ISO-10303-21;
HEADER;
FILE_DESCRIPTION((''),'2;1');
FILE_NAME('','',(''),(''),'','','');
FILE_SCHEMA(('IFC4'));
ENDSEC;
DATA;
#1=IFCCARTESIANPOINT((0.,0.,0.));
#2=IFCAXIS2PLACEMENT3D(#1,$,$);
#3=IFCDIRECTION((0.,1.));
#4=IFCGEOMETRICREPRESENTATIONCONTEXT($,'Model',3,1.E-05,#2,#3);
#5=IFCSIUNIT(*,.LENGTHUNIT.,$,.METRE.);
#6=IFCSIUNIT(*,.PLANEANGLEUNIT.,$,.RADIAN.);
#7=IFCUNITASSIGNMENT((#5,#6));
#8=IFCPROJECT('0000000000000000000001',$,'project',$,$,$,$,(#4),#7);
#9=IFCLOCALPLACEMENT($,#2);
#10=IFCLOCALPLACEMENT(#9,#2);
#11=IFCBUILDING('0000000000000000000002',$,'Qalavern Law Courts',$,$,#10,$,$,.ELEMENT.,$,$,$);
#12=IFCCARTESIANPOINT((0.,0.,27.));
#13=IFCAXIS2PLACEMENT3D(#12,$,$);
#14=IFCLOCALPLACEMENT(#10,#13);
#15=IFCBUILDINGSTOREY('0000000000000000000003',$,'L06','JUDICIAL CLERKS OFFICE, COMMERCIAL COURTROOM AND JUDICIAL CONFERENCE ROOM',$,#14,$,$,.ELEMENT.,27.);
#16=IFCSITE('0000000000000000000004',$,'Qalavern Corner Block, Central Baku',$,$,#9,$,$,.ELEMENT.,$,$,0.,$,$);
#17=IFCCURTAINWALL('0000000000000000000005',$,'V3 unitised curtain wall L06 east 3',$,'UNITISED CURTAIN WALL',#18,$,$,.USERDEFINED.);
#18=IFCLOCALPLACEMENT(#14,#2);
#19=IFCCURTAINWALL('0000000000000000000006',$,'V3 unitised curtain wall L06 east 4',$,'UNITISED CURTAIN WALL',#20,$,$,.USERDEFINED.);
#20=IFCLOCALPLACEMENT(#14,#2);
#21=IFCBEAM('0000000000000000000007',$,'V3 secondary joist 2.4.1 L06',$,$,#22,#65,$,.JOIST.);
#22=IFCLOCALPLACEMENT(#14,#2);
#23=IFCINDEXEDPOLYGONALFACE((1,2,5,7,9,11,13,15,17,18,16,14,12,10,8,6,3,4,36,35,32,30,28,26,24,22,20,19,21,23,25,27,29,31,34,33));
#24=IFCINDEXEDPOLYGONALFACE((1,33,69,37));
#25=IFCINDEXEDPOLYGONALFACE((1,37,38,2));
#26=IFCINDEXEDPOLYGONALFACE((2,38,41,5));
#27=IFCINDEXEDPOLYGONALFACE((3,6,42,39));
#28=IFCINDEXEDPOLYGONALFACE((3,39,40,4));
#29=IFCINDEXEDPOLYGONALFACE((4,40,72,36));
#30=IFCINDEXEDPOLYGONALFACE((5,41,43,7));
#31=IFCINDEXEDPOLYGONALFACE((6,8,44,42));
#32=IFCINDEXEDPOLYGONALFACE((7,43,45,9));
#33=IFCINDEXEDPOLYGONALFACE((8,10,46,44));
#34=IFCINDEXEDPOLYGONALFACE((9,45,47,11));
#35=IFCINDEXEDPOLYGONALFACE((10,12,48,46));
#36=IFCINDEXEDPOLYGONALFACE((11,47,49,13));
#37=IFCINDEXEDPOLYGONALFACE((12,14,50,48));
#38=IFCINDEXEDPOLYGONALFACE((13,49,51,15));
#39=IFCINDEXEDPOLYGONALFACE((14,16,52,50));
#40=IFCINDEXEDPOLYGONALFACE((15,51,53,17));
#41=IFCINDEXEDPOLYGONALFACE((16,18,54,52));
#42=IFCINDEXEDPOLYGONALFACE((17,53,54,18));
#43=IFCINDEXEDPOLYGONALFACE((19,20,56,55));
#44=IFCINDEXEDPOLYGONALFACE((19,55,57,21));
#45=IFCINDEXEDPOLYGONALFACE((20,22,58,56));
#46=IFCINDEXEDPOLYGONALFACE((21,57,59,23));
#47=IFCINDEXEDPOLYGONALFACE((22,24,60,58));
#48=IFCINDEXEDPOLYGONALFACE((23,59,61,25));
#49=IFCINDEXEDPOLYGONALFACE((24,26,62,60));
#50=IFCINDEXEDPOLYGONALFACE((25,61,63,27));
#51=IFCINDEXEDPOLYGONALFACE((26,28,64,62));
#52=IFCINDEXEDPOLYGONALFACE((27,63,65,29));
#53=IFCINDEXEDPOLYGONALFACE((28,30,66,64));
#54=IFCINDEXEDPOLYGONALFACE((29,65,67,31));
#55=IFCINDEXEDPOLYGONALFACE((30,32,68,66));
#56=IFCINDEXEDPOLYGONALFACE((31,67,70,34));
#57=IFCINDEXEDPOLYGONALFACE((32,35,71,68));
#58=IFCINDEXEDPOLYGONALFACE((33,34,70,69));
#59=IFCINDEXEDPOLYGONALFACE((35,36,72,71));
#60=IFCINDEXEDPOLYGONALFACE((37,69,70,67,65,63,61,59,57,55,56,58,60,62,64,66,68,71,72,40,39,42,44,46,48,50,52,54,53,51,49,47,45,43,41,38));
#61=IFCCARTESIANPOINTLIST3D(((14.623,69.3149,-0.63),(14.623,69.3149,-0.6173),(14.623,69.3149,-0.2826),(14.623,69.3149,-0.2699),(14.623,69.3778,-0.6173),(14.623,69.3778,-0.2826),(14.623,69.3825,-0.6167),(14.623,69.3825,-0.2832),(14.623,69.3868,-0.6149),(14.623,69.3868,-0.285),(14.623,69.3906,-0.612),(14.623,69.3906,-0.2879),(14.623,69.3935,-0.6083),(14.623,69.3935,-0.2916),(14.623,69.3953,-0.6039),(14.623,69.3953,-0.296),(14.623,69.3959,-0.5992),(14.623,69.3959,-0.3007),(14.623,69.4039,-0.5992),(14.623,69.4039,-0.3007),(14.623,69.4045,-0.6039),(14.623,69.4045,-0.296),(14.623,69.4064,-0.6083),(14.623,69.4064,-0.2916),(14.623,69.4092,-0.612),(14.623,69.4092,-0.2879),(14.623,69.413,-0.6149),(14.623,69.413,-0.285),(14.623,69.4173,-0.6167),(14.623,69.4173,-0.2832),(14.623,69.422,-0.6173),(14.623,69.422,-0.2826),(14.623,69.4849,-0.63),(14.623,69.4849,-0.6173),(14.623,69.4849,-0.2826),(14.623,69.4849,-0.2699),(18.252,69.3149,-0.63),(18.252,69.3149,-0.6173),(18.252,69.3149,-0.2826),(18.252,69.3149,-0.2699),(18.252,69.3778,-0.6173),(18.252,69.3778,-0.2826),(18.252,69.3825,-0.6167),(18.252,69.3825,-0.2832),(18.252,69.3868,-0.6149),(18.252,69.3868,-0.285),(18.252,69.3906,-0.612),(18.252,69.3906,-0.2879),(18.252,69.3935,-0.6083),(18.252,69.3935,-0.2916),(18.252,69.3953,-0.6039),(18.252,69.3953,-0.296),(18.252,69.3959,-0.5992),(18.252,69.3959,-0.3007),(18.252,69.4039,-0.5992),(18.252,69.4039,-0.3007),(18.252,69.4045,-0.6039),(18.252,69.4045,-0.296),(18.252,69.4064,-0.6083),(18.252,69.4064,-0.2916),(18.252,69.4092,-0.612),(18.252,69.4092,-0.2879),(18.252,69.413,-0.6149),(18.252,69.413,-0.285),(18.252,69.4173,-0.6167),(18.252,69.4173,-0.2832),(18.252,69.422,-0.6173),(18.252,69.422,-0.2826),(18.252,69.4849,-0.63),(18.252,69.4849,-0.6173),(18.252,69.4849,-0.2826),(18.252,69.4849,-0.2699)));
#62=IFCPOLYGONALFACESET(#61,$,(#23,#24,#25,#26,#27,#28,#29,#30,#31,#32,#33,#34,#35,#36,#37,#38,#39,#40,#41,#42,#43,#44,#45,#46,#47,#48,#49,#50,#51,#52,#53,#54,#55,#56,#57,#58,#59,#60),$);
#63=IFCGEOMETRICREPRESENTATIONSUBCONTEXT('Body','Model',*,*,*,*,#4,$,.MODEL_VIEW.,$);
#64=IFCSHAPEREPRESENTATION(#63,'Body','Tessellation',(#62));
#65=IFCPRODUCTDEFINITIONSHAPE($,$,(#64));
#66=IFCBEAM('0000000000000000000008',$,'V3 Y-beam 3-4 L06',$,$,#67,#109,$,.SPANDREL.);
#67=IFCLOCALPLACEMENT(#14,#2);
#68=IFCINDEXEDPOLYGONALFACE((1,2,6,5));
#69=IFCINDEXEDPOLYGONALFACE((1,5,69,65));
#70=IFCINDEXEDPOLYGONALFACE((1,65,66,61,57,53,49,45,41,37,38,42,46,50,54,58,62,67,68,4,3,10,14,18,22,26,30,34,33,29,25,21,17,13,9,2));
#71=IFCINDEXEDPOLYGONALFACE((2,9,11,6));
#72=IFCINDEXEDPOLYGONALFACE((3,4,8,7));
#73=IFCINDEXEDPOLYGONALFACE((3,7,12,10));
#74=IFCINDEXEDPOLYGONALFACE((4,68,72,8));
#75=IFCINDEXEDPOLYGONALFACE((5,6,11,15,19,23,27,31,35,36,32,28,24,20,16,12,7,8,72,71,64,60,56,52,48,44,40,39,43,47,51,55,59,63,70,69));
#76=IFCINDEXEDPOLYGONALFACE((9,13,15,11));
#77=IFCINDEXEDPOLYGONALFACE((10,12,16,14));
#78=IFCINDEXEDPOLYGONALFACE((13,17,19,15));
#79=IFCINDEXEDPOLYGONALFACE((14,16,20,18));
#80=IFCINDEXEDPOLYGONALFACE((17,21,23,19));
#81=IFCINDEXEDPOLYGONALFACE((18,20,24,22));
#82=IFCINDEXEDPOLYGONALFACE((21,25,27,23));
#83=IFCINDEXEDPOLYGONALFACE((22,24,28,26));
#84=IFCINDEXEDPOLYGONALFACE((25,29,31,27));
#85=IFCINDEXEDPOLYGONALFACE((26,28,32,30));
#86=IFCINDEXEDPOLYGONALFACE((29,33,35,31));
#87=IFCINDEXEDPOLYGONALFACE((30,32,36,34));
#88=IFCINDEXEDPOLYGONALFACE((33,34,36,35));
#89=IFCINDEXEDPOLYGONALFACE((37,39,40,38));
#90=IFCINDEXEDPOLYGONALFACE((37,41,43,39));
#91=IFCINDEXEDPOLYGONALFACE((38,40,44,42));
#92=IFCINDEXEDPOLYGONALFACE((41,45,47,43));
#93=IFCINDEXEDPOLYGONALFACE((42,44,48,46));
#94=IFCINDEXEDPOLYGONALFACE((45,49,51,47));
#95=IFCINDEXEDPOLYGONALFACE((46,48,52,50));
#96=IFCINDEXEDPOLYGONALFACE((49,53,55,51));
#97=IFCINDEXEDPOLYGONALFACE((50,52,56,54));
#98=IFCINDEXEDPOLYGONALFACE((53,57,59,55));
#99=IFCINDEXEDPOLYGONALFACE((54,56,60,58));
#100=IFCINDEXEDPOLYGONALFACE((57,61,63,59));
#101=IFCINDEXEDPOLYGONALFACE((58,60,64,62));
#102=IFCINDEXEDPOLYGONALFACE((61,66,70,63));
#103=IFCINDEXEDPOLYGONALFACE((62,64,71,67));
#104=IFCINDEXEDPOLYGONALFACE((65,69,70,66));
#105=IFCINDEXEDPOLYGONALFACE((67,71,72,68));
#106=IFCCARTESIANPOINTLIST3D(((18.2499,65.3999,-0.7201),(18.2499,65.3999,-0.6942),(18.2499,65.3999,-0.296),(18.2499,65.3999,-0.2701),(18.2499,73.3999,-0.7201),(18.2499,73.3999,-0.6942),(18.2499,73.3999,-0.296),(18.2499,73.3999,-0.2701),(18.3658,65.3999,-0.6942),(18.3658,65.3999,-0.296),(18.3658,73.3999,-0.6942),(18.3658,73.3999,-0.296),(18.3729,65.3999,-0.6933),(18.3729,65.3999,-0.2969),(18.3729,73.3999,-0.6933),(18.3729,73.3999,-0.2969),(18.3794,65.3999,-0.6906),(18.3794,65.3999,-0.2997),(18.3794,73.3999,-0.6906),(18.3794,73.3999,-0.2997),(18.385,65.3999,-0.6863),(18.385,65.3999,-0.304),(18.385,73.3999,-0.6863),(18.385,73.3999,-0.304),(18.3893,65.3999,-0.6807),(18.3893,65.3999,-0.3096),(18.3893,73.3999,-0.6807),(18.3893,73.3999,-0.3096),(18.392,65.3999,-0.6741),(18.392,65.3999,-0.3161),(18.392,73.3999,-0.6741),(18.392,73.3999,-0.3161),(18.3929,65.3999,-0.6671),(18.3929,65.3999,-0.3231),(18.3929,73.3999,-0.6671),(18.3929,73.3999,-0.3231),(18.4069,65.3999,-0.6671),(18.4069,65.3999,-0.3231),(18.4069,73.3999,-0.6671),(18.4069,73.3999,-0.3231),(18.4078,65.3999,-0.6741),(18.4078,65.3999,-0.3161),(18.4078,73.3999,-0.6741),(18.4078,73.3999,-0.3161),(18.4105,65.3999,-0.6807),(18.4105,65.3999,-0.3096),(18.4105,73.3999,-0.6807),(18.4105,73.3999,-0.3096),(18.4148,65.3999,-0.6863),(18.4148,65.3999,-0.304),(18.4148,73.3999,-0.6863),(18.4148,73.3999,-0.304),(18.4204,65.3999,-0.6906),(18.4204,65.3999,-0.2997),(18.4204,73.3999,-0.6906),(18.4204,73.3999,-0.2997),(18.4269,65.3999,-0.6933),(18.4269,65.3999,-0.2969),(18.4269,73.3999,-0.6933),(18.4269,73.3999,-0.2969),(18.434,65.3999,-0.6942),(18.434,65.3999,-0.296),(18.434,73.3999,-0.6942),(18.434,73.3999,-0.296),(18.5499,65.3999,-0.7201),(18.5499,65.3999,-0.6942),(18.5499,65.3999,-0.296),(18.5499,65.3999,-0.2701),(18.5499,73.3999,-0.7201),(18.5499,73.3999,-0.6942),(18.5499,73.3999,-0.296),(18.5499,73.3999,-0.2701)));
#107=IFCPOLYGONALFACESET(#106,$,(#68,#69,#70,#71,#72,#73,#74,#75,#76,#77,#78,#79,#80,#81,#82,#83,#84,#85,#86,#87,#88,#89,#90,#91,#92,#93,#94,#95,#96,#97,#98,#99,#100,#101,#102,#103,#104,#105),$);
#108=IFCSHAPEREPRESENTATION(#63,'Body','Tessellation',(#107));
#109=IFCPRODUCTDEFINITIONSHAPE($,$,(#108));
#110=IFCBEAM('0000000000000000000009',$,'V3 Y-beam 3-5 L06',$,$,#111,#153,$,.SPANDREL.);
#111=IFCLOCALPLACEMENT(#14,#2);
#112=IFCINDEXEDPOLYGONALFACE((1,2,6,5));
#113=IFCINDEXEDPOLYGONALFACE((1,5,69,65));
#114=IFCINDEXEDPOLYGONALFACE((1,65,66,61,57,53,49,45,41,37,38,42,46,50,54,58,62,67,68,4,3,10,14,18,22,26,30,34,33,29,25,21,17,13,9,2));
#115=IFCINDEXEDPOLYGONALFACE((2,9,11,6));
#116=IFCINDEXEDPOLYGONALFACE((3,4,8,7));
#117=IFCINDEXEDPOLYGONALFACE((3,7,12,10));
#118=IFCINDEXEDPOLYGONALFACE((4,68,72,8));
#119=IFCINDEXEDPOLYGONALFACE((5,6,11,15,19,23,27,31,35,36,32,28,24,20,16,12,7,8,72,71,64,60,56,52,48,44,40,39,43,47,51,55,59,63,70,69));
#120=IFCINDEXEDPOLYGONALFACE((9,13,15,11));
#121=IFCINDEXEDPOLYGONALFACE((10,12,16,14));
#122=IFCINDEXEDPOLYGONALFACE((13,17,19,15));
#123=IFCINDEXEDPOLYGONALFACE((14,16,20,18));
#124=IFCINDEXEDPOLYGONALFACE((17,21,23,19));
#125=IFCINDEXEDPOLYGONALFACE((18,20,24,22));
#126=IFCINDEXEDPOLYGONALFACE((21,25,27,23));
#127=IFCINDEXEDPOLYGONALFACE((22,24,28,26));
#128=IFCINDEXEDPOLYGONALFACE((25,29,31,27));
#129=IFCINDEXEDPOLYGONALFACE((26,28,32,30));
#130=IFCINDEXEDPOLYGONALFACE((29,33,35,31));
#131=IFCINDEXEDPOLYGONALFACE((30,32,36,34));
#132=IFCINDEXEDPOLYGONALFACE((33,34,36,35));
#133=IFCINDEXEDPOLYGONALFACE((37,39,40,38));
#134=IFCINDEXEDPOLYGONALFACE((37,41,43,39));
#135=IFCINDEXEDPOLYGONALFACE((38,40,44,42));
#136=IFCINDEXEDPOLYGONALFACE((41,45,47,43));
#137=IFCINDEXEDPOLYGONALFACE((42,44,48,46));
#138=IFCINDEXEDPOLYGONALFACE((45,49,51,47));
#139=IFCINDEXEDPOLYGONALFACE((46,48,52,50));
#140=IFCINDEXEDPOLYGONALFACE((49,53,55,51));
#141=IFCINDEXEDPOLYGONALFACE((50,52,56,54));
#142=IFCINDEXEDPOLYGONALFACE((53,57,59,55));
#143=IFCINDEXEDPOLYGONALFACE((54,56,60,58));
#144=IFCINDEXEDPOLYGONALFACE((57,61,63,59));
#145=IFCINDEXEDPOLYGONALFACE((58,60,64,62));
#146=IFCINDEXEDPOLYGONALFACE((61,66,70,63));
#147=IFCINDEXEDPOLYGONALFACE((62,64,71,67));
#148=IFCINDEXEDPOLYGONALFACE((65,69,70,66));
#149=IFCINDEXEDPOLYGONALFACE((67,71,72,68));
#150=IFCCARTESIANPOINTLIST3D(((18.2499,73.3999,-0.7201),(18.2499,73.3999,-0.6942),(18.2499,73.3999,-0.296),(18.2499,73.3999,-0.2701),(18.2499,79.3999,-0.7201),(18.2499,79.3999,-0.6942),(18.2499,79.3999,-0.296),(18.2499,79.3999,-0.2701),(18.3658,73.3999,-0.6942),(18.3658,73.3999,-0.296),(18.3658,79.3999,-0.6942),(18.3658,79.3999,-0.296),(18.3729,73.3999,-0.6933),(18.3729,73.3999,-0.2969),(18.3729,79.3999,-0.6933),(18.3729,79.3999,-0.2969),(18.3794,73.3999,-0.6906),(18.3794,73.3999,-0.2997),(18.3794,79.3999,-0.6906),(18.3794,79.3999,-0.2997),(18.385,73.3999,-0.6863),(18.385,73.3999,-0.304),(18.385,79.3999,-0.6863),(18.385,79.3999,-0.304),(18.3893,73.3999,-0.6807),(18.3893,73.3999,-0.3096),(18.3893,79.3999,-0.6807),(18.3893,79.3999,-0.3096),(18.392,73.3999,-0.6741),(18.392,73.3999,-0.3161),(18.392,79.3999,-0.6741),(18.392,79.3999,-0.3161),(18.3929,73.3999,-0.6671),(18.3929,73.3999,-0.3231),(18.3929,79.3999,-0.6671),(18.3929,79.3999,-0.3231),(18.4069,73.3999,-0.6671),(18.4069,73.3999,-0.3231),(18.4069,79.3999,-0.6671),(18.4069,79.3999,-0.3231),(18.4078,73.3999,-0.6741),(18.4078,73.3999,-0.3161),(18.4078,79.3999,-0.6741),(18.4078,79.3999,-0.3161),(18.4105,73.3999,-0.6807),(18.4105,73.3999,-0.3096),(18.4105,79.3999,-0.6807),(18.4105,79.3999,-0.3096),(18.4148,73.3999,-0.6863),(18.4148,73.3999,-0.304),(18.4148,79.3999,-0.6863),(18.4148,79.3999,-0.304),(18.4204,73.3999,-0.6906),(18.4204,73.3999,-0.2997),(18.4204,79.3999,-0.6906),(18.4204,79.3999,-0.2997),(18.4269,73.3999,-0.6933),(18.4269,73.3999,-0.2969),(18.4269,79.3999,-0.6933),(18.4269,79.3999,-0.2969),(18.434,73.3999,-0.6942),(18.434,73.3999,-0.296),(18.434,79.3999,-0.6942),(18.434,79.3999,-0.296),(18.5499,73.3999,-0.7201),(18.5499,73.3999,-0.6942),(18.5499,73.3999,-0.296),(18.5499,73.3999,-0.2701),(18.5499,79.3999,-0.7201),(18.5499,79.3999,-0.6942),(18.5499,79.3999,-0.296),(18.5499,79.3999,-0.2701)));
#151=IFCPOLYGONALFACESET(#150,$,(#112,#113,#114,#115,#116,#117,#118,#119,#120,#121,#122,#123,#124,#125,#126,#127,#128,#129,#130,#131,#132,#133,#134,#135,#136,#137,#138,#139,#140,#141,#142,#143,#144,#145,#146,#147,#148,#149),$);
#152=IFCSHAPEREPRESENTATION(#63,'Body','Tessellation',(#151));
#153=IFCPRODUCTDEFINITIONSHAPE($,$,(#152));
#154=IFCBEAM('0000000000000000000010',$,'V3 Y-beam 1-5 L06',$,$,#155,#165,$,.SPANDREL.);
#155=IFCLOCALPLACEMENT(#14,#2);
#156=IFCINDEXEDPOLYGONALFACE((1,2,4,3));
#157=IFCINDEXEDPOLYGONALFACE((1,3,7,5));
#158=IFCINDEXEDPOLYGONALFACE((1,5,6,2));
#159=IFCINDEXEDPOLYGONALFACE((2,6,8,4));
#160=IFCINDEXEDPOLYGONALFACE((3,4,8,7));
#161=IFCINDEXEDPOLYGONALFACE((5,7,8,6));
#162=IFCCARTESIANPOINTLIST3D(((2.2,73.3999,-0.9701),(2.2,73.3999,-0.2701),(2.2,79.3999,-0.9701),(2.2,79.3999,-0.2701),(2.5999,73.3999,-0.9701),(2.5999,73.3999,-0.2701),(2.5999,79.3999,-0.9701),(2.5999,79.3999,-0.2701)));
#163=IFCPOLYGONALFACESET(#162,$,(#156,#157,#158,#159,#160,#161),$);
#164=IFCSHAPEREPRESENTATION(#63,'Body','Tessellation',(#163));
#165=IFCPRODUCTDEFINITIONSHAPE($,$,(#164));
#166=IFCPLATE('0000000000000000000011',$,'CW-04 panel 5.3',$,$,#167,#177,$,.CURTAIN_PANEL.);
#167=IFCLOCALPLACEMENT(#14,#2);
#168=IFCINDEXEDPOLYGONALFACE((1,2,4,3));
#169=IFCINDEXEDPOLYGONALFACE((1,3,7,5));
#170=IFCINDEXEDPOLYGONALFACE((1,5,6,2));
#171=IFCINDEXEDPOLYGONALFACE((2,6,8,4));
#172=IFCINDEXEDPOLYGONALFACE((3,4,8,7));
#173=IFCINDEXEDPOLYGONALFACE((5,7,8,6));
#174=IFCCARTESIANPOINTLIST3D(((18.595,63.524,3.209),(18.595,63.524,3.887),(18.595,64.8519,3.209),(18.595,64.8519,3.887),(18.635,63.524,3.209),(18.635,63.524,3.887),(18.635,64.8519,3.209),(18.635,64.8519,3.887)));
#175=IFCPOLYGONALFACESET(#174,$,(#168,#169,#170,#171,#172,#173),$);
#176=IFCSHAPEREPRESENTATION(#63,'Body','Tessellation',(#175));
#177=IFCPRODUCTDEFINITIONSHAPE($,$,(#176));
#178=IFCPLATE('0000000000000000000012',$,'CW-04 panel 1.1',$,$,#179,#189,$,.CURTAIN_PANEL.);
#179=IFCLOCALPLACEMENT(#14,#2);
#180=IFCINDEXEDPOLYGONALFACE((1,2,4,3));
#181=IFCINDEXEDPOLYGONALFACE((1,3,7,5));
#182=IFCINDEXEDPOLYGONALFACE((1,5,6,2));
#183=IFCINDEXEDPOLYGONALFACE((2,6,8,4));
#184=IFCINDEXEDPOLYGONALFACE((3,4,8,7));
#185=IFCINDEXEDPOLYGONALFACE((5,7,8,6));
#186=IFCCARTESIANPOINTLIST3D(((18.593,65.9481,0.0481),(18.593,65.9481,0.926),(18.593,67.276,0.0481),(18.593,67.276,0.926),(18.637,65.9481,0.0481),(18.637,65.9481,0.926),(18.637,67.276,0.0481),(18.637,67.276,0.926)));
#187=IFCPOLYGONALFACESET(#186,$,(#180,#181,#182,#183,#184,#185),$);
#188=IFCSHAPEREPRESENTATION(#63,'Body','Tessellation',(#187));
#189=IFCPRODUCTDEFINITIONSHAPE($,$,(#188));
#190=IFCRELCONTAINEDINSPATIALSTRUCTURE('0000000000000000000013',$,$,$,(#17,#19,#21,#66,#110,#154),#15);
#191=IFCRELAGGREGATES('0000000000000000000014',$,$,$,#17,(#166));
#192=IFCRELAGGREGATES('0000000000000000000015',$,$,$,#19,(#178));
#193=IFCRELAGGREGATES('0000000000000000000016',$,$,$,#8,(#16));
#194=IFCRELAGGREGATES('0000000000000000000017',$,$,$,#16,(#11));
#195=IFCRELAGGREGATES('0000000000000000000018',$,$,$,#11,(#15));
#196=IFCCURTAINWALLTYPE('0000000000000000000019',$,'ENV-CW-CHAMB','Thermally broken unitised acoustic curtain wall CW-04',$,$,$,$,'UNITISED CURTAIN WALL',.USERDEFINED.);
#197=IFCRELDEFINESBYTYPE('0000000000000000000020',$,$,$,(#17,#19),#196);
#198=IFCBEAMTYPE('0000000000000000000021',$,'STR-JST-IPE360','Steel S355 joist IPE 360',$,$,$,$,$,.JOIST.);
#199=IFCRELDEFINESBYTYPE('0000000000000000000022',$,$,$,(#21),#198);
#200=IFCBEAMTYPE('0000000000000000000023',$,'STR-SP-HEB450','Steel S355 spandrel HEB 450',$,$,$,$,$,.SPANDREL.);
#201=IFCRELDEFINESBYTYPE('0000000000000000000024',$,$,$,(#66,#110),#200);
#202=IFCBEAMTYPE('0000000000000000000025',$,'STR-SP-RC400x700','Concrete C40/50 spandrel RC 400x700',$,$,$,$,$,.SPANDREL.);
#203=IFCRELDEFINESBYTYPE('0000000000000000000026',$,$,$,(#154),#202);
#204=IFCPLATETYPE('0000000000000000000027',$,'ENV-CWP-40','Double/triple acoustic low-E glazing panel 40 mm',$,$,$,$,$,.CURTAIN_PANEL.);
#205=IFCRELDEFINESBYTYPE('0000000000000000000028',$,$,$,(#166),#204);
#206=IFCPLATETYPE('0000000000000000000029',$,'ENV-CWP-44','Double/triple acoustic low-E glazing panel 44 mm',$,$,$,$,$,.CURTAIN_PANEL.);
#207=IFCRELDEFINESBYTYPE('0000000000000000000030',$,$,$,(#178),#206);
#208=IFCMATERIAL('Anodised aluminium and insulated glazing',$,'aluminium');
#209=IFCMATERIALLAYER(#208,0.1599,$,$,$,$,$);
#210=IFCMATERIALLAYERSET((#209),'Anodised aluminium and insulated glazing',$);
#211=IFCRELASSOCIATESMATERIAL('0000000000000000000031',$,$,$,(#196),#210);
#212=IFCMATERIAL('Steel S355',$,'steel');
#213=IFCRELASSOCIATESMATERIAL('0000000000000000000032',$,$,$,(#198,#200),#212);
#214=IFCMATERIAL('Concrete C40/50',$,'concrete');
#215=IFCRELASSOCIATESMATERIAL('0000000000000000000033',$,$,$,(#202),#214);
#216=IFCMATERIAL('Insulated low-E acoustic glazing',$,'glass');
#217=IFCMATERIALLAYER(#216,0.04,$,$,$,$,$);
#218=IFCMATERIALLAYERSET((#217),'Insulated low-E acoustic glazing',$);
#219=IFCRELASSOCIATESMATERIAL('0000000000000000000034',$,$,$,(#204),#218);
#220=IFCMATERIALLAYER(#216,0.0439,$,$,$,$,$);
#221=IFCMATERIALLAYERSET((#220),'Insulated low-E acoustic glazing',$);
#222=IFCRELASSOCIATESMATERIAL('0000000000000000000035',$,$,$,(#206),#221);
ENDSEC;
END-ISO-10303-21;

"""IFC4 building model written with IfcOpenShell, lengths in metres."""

from ifc_helpers import new_model, si_unit, direction, frame, origin, origin_2d, place, context, subcontext, project, spatial, rectangle, i_section, extrude, material, layer, layer_set, material_profile, profile_set, type_object, element, aggregate, save


model = new_model("IFC4")

# Units and contexts
model_context = context("Model", 3, precision=1e-05, world=origin(), true_north=direction((0.0, 1.0)))
body_context = subcontext(model_context, "Body", "Model", "MODEL_VIEW")
ifc_project = project(units=[si_unit("LENGTHUNIT", "METRE"), si_unit("PLANEANGLEUNIT", "RADIAN")], contexts=[model_context])

# Site, building, storey
site_placement = place(None, origin())
site = spatial("IfcSite", under=ifc_project, at=site_placement, Name="Qalavern Corner Block, Central Baku", CompositionType="ELEMENT", RefElevation=0.0)
building_placement = place(site_placement, origin())
building = spatial("IfcBuilding", under=site, at=building_placement, Name="Qalavern Law Courts", CompositionType="ELEMENT")
storey_placement = place(building_placement, frame((0.0, 0.0, 27.0)))
storey = spatial("IfcBuildingStorey", under=building, at=storey_placement, Name="L06", Description="JUDICIAL CLERKS OFFICE, COMMERCIAL COURTROOM AND JUDICIAL CONFERENCE ROOM", CompositionType="ELEMENT", Elevation=27.0)

# Curtain wall
ifc_material_1 = material(Name="Anodised aluminium and insulated glazing", Category="aluminium")
ifc_layer_1 = layer(ifc_material_1, 0.1599)
ifc_layer_set_1 = layer_set([ifc_layer_1], Name="Anodised aluminium and insulated glazing")
curtain_wall_type = type_object("IfcCurtainWallType", Name="ENV-CW-CHAMB", Description="Thermally broken unitised acoustic curtain wall CW-04", ElementType="UNITISED CURTAIN WALL", PredefinedType="USERDEFINED", material=ifc_layer_set_1)
curtain_wall_1_placement = place(storey_placement, origin())
curtain_wall_1 = element("IfcCurtainWall", 1, at=curtain_wall_1_placement, inside=storey, type_object=curtain_wall_type, Name="V3 unitised curtain wall L06 east 3", ObjectType="UNITISED CURTAIN WALL", PredefinedType="USERDEFINED")

# Curtain wall
curtain_wall_2_placement = place(storey_placement, origin())
curtain_wall_2 = element("IfcCurtainWall", 2, at=curtain_wall_2_placement, inside=storey, type_object=curtain_wall_type, Name="V3 unitised curtain wall L06 east 4", ObjectType="UNITISED CURTAIN WALL", PredefinedType="USERDEFINED")

# Beams
ifc_material_2 = material(Name="Concrete C40/50", Category="concrete")
ifc_material_3 = material(Name="Steel S355", Category="steel")
ifc_material_profile_1 = material_profile(ifc_material_3, i_section(OverallWidth=0.1699, OverallDepth=0.3601, WebThickness=0.0081, FlangeThickness=0.0127, FilletRadius=0.0181, at=origin_2d()), Name="IPE 360")
ifc_profile_set_1 = profile_set([ifc_material_profile_1], Name="Steel S355")
beam_type_1 = type_object("IfcBeamType", Name="STR-JST-IPE360", Description="Steel S355 joist IPE 360", PredefinedType="JOIST", material=ifc_profile_set_1)
beam_1_placement = place(storey_placement, frame((14.623, 69.3999, -0.45), z_axis=(1.0, 0.0, 0.0), x_axis=(0.0, 1.0, 0.0)))
element("IfcBeam", 3, at=beam_1_placement, inside=storey, type_object=beam_type_1, Name="V3 secondary joist 2.4.1 L06", PredefinedType="JOIST", context=body_context, shape_type="SweptSolid", body=[
    extrude(i_section(OverallWidth=0.1699, OverallDepth=0.3601, WebThickness=0.0081, FlangeThickness=0.0127, FilletRadius=0.0181, at=origin_2d()), origin(), (0.0, 0.0, 1.0), 3.6289),
])
ifc_material_profile_2 = material_profile(ifc_material_3, i_section(OverallWidth=0.3, OverallDepth=0.45, WebThickness=0.0139, FlangeThickness=0.0259, FilletRadius=0.0271, at=origin_2d()), Name="HEB 450")
ifc_profile_set_2 = profile_set([ifc_material_profile_2], Name="Steel S355")
beam_type_2 = type_object("IfcBeamType", Name="STR-SP-HEB450", Description="Steel S355 spandrel HEB 450", PredefinedType="SPANDREL", material=ifc_profile_set_2)
beam_2_placement = place(storey_placement, frame((18.3999, 65.3999, -0.4951), z_axis=(0.0, 1.0, 0.0), x_axis=(-1.0, 0.0, 0.0)))
element("IfcBeam", 4, at=beam_2_placement, inside=storey, type_object=beam_type_2, Name="V3 Y-beam 3-4 L06", PredefinedType="SPANDREL", context=body_context, shape_type="SweptSolid", body=[
    extrude(i_section(OverallWidth=0.3, OverallDepth=0.45, WebThickness=0.0139, FlangeThickness=0.0259, FilletRadius=0.0271, at=origin_2d()), origin(), (0.0, 0.0, 1.0), 8.0),
])
beam_3_placement = place(storey_placement, frame((18.3999, 73.3999, -0.4951), z_axis=(0.0, 1.0, 0.0), x_axis=(-1.0, 0.0, 0.0)))
element("IfcBeam", 5, at=beam_3_placement, inside=storey, type_object=beam_type_2, Name="V3 Y-beam 3-5 L06", PredefinedType="SPANDREL", context=body_context, shape_type="SweptSolid", body=[
    extrude(i_section(OverallWidth=0.3, OverallDepth=0.45, WebThickness=0.0139, FlangeThickness=0.0259, FilletRadius=0.0271, at=origin_2d()), origin(), (0.0, 0.0, 1.0), 6.0),
])
ifc_material_profile_3 = material_profile(ifc_material_2, rectangle(XDim=0.3999, YDim=0.7, at=origin_2d()), Name="RC 400x700")
ifc_profile_set_3 = profile_set([ifc_material_profile_3], Name="Concrete C40/50")
beam_type_3 = type_object("IfcBeamType", Name="STR-SP-RC400x700", Description="Concrete C40/50 spandrel RC 400x700", PredefinedType="SPANDREL", material=ifc_profile_set_3)
beam_4_placement = place(storey_placement, frame((2.3999, 73.3999, -0.6201), z_axis=(0.0, 1.0, 0.0), x_axis=(-1.0, 0.0, 0.0)))
element("IfcBeam", 6, at=beam_4_placement, inside=storey, type_object=beam_type_3, Name="V3 Y-beam 1-5 L06", PredefinedType="SPANDREL", context=body_context, shape_type="SweptSolid", body=[
    extrude(rectangle(XDim=0.3999, YDim=0.7, at=origin_2d()), origin(), (0.0, 0.0, 1.0), 6.0),
])

# Plates
ifc_material_4 = material(Name="Insulated low-E acoustic glazing", Category="glass")
ifc_layer_2 = layer(ifc_material_4, 0.04)
ifc_layer_set_2 = layer_set([ifc_layer_2], Name="Insulated low-E acoustic glazing")
plate_type_1 = type_object("IfcPlateType", Name="ENV-CWP-40", Description="Double/triple acoustic low-E glazing panel 40 mm", PredefinedType="CURTAIN_PANEL", material=ifc_layer_set_2)
plate_1_placement = place(storey_placement, frame((18.615, 64.188, 3.209), z_axis=(0.0, 0.0, 1.0), x_axis=(0.0, 1.0, 0.0)))
plate_1 = element("IfcPlate", 7, at=plate_1_placement, type_object=plate_type_1, Name="CW-04 panel 5.3", PredefinedType="CURTAIN_PANEL", context=body_context, shape_type="SweptSolid", body=[
    extrude(rectangle(XDim=1.3279, YDim=0.04, at=origin_2d()), origin(), (0.0, 0.0, 1.0), 0.678),
])
aggregate(curtain_wall_1, [plate_1])
ifc_layer_3 = layer(ifc_material_4, 0.0439)
ifc_layer_set_3 = layer_set([ifc_layer_3], Name="Insulated low-E acoustic glazing")
plate_type_2 = type_object("IfcPlateType", Name="ENV-CWP-44", Description="Double/triple acoustic low-E glazing panel 44 mm", PredefinedType="CURTAIN_PANEL", material=ifc_layer_set_3)
plate_2_placement = place(storey_placement, frame((18.615, 66.6121, 0.0481), z_axis=(0.0, 0.0, 1.0), x_axis=(0.0, 1.0, 0.0)))
plate_2 = element("IfcPlate", 8, at=plate_2_placement, type_object=plate_type_2, Name="CW-04 panel 1.1", PredefinedType="CURTAIN_PANEL", context=body_context, shape_type="SweptSolid", body=[
    extrude(rectangle(XDim=1.3279, YDim=0.0439, at=origin_2d()), origin(), (0.0, 0.0, 1.0), 0.8779),
])
aggregate(curtain_wall_2, [plate_2])

save(model, "model.ifc")
